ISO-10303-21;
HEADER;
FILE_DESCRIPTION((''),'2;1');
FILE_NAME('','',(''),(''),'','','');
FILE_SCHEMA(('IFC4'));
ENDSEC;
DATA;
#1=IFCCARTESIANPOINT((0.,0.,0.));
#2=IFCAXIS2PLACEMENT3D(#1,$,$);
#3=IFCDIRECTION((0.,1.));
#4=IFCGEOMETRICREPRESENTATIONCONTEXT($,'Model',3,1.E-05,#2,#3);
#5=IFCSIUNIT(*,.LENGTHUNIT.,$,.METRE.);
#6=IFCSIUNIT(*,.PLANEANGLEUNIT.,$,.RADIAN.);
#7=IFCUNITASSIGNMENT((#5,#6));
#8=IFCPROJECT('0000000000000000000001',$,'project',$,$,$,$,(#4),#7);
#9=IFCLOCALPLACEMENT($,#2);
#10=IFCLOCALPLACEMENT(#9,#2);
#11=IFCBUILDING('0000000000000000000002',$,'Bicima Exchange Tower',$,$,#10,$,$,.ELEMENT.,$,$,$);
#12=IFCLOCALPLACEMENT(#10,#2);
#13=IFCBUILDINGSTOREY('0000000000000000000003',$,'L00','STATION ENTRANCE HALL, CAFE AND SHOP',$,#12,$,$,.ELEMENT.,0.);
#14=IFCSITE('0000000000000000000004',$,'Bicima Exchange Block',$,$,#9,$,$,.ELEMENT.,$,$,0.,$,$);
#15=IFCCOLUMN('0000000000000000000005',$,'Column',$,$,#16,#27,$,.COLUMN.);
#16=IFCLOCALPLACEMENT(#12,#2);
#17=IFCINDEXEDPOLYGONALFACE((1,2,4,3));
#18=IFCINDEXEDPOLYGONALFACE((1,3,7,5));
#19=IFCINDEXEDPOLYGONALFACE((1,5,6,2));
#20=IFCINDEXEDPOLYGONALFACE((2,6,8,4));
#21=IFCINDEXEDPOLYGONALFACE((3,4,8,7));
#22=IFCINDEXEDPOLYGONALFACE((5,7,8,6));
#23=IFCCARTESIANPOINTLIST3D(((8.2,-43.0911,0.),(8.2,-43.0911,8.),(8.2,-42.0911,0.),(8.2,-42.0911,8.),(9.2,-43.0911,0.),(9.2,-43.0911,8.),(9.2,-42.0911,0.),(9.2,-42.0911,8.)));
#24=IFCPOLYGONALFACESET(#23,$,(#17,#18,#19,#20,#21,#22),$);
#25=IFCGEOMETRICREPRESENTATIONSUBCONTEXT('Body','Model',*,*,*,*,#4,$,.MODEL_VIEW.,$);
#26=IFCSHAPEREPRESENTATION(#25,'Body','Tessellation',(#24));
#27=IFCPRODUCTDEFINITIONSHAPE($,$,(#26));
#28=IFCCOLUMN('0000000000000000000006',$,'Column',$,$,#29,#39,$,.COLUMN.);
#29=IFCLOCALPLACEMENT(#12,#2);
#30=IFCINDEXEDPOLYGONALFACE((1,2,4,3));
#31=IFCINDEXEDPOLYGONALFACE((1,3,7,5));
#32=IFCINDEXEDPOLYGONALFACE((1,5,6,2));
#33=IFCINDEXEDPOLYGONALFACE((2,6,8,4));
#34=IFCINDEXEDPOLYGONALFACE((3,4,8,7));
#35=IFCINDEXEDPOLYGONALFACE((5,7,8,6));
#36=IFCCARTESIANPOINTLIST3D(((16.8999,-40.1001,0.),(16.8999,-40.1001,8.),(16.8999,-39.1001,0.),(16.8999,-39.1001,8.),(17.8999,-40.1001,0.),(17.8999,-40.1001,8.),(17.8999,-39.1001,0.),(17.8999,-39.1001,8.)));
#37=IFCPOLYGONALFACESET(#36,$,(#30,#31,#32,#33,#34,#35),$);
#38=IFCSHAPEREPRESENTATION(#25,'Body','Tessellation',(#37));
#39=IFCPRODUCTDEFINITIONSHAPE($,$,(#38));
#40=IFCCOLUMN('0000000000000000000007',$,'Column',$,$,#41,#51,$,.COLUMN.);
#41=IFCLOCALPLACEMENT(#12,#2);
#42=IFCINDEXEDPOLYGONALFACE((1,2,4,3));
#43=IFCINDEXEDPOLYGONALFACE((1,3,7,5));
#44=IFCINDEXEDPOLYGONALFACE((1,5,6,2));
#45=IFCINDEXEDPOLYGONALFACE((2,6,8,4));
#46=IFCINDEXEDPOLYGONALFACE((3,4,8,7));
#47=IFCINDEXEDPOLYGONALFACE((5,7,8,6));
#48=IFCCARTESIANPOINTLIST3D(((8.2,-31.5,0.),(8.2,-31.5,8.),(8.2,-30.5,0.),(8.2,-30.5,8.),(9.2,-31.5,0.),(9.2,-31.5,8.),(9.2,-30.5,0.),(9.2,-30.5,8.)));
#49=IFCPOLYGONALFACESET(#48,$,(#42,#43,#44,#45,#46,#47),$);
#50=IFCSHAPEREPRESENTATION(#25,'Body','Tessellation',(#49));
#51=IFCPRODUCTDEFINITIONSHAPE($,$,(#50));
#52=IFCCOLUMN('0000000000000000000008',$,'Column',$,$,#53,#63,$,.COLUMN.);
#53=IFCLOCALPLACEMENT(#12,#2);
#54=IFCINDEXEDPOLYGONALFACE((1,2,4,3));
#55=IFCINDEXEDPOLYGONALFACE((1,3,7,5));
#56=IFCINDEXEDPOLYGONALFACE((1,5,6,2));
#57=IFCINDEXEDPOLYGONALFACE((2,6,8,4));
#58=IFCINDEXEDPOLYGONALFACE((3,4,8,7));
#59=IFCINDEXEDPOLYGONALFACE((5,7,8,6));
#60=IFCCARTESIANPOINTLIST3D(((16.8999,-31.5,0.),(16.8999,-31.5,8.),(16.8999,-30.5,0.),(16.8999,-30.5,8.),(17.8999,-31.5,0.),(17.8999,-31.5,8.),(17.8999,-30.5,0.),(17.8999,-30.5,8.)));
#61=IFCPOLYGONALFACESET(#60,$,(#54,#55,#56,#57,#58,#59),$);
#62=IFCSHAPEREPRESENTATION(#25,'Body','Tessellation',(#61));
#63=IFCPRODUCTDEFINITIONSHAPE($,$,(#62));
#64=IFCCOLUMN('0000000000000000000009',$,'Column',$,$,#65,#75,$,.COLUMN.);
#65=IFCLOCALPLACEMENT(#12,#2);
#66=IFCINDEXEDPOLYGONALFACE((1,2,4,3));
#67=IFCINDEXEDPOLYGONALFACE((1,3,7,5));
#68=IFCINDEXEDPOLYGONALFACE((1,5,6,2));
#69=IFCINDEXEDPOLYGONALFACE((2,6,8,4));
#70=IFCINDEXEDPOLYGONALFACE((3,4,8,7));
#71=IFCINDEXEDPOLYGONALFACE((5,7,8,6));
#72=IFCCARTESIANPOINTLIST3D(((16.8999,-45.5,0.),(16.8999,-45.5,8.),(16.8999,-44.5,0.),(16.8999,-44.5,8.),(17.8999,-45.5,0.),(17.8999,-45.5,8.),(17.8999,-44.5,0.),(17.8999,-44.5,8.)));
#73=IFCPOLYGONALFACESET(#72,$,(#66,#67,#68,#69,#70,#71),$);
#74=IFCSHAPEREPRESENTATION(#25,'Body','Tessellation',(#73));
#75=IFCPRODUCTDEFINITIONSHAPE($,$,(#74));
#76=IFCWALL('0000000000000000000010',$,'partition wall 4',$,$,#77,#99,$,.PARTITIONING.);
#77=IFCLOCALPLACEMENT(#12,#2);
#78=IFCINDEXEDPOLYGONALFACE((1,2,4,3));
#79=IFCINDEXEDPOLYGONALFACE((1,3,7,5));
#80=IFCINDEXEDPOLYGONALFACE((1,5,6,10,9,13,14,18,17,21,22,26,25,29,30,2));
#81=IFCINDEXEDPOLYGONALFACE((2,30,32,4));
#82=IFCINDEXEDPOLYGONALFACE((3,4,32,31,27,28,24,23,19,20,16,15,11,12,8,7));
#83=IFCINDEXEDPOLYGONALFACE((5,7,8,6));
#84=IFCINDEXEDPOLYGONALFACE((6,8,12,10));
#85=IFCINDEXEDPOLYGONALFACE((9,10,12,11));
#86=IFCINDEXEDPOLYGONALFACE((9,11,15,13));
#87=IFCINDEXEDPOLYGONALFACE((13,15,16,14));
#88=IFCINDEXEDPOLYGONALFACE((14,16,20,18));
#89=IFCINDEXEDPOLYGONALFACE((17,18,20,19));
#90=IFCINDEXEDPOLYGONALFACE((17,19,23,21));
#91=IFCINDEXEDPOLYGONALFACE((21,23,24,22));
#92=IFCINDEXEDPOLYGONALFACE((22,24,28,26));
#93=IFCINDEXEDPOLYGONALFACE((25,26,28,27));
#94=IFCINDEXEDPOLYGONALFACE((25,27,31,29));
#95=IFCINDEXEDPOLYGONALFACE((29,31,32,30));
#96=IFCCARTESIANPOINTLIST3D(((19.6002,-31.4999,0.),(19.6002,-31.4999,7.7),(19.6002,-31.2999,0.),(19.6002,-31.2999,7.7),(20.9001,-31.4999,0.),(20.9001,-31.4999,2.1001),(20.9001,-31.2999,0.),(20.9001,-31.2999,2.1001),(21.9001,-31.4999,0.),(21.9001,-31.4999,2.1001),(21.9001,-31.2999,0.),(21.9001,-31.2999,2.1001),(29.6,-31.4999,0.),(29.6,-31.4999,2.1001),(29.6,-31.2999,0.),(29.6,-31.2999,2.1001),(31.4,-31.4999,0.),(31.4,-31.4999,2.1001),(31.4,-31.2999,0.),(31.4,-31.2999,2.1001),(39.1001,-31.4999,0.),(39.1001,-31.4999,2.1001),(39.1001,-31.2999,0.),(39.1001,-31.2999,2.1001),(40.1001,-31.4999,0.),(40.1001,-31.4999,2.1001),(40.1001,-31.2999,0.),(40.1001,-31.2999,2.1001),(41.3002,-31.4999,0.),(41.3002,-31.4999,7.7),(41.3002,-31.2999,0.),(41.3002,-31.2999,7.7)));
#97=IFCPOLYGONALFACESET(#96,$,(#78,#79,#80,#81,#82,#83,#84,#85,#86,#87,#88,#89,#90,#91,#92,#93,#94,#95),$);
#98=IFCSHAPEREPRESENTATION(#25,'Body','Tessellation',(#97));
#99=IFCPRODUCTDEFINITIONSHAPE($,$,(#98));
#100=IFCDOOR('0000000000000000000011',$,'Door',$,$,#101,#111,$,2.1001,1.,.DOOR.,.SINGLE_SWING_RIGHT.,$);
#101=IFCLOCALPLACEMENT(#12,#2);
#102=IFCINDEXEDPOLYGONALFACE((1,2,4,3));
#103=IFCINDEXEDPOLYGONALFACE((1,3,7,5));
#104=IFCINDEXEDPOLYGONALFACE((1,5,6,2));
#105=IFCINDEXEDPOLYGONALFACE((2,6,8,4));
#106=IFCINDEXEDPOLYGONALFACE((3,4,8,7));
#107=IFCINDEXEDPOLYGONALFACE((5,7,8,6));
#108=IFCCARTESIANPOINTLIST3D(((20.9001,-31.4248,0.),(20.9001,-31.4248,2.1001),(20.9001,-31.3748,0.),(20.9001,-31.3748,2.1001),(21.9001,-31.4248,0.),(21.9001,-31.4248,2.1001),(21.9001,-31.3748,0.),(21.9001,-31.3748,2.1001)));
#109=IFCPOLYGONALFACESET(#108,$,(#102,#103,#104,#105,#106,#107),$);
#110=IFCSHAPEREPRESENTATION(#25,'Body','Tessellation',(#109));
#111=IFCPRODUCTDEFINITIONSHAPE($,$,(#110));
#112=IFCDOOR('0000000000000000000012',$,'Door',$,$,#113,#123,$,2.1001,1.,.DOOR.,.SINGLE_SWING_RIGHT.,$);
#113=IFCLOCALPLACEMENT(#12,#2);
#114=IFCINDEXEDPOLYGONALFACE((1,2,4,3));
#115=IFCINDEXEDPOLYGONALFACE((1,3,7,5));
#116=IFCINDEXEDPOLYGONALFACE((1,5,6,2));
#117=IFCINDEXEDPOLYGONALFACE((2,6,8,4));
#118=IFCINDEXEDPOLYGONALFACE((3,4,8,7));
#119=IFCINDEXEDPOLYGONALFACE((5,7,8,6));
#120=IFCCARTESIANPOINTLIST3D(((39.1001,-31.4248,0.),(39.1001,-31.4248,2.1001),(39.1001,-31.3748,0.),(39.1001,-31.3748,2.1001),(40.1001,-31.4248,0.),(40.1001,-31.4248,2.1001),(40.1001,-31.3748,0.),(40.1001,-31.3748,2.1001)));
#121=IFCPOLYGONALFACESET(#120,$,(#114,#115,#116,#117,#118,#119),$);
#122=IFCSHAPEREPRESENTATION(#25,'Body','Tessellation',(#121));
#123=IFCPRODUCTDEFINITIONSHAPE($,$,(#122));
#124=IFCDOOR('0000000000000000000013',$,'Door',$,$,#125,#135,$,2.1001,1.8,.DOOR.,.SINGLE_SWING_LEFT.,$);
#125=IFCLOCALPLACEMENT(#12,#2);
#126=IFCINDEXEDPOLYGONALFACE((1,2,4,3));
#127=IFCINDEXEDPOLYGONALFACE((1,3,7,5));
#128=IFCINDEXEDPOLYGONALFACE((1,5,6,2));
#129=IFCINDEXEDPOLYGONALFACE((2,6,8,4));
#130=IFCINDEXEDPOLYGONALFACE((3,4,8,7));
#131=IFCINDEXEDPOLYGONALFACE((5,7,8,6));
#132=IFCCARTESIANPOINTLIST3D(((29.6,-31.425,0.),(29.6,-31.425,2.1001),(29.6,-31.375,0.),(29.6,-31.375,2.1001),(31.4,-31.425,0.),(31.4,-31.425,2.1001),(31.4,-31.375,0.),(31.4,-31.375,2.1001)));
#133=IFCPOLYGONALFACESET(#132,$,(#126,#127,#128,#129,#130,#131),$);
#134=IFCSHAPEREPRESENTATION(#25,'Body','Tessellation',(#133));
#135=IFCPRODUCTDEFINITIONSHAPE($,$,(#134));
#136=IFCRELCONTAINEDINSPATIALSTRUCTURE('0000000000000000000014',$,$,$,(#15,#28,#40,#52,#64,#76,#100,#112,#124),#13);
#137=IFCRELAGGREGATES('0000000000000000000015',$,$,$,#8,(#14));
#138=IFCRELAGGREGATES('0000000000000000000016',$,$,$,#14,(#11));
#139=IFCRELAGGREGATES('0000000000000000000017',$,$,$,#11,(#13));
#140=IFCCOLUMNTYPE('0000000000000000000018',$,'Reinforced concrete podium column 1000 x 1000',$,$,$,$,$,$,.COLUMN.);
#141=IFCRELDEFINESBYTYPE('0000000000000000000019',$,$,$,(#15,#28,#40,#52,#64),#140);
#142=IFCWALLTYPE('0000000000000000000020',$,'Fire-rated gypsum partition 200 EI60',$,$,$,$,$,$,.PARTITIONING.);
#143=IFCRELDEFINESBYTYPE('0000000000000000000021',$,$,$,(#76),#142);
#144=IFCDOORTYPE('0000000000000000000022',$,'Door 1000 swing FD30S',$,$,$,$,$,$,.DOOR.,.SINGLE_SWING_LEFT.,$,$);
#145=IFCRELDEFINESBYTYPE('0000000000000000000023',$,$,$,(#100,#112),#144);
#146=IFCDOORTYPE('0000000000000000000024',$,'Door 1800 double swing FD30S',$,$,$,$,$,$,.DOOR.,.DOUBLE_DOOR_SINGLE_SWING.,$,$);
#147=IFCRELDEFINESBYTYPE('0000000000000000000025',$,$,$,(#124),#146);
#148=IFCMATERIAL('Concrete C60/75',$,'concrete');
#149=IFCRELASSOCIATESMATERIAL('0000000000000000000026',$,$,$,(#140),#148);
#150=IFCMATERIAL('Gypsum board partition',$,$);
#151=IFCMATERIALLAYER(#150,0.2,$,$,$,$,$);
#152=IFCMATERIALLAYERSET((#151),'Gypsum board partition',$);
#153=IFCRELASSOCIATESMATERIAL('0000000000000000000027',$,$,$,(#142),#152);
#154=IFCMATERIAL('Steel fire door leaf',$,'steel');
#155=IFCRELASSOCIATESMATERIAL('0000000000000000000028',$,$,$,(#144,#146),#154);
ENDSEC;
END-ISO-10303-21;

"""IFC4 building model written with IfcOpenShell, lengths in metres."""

from ifc_helpers import new_model, si_unit, direction, frame, frame_2d, origin, origin_2d, place, context, subcontext, project, spatial, rectangle, extrude, material, layer, layer_set, material_profile, profile_set, type_object, element, fill, save


model = new_model("IFC4")

# Units and contexts
model_context = context("Model", 3, precision=1e-05, world=origin(), true_north=direction((0.0, 1.0)))
body_context = subcontext(model_context, "Body", "Model", "MODEL_VIEW")
ifc_project = project(units=[si_unit("LENGTHUNIT", "METRE"), si_unit("PLANEANGLEUNIT", "RADIAN")], contexts=[model_context])

# Site, building, storey
site_placement = place(None, origin())
site = spatial("IfcSite", under=ifc_project, at=site_placement, Name="Bicima Exchange Block", CompositionType="ELEMENT", RefElevation=0.0)
building_placement = place(site_placement, origin())
building = spatial("IfcBuilding", under=site, at=building_placement, Name="Bicima Exchange Tower", CompositionType="ELEMENT")
storey_placement = place(building_placement, origin())
storey = spatial("IfcBuildingStorey", under=building, at=storey_placement, Name="L00", Description="STATION ENTRANCE HALL, CAFE AND SHOP", CompositionType="ELEMENT", Elevation=0.0)

# Columns
ifc_material_1 = material(Name="Concrete C60/75", Category="concrete")
ifc_material_profile = material_profile(ifc_material_1, rectangle(XDim=1.0, YDim=1.0, at=origin_2d()))
ifc_profile_set = profile_set([ifc_material_profile], Name="Concrete C60/75")
column_type = type_object("IfcColumnType", Name="Reinforced concrete podium column 1000 x 1000", PredefinedType="COLUMN", material=ifc_profile_set)
for number, where, z_axis, x_axis, name in (
    (1, (8.7, -42.5911, 0.0), (0.0, 0.0, 1.0), (1.0, 0.0, 0.0), "Column"),
    (2, (17.3999, -39.6001, 0.0), (0.0, 0.0, 1.0), (1.0, 0.0, 0.0), "Column"),
    (3, (8.7, -31.0, 0.0), (0.0, 0.0, 1.0), (1.0, 0.0, 0.0), "Column"),
    (4, (17.3999, -31.0, 0.0), (0.0, 0.0, 1.0), (1.0, 0.0, 0.0), "Column"),
    (5, (17.3999, -45.0, 0.0), (0.0, 0.0, 1.0), (1.0, 0.0, 0.0), "Column"),
):
    element("IfcColumn", number, at=place(storey_placement, frame(where, z_axis=z_axis, x_axis=x_axis)), inside=storey, type_object=column_type, Name=name, PredefinedType="COLUMN", context=body_context, shape_type="SweptSolid", body=[
        extrude(rectangle(XDim=1.0, YDim=1.0, at=origin_2d()), origin(), (0.0, 0.0, 1.0), 8.0),
    ])

# Wall, openings, doors
ifc_material_2 = material(Name="Gypsum board partition")
ifc_layer_1 = layer(ifc_material_2, 0.2)
ifc_layer_set_1 = layer_set([ifc_layer_1], Name="Gypsum board partition")
wall_type_1 = type_object("IfcWallType", Name="Fire-rated gypsum partition 200 EI60", PredefinedType="PARTITIONING", material=ifc_layer_set_1)
wall_1_placement = place(storey_placement, frame((19.6001, -31.3999, 0.0), z_axis=(0.0, 0.0, 1.0), x_axis=(1.0, 0.0, 0.0)))
wall_1 = element("IfcWall", 6, at=wall_1_placement, inside=storey, type_object=wall_type_1, Name="partition wall 4", PredefinedType="PARTITIONING", context=body_context, shape_type="SweptSolid", body=[
    extrude(rectangle(XDim=21.7, YDim=0.2, at=frame_2d((10.8501, 0.0))), origin(), (0.0, 0.0, 1.0), 7.7),
])
opening_1_placement = place(wall_1_placement, frame((1.3, 0.0, 0.0)))
opening_1 = element("IfcOpeningElement", 7, at=opening_1_placement, cuts=wall_1, PredefinedType="OPENING", context=body_context, shape_type="SweptSolid", body=[
    extrude(rectangle(XDim=1.0, YDim=2.1001, at=frame_2d((0.5, 1.05))), frame((0.0, 0.1118, 0.0), z_axis=(0.0, -1.0, 0.0), x_axis=(1.0, 0.0, 0.0)), (0.0, 0.0, 1.0), 0.2239),
])
opening_2_placement = place(wall_1_placement, frame((10.0, 0.0, 0.0)))
opening_2 = element("IfcOpeningElement", 8, at=opening_2_placement, cuts=wall_1, PredefinedType="OPENING", context=body_context, shape_type="SweptSolid", body=[
    extrude(rectangle(XDim=1.8, YDim=2.1001, at=frame_2d((0.8999, 1.05))), frame((0.0, 0.1118, 0.0), z_axis=(0.0, -1.0, 0.0), x_axis=(1.0, 0.0, 0.0)), (0.0, 0.0, 1.0), 0.2239),
])
opening_3_placement = place(wall_1_placement, frame((19.5, 0.0, 0.0)))
opening_3 = element("IfcOpeningElement", 9, at=opening_3_placement, cuts=wall_1, PredefinedType="OPENING", context=body_context, shape_type="SweptSolid", body=[
    extrude(rectangle(XDim=1.0, YDim=2.1001, at=frame_2d((0.5, 1.05))), frame((0.0, 0.1118, 0.0), z_axis=(0.0, -1.0, 0.0), x_axis=(1.0, 0.0, 0.0)), (0.0, 0.0, 1.0), 0.2239),
])
ifc_material_3 = material(Name="Steel fire door leaf", Category="steel")
door_type_1 = type_object("IfcDoorType", Name="Door 1000 swing FD30S", OperationType="SINGLE_SWING_LEFT", PredefinedType="DOOR", material=ifc_material_3)
door_1_placement = place(opening_1_placement, frame((1.0, 0.0, 0.0), z_axis=(0.0, 0.0, 1.0), x_axis=(-1.0, 0.0, 0.0)))
door_1 = element("IfcDoor", 10, at=door_1_placement, inside=storey, type_object=door_type_1, Name="Door", OperationType="SINGLE_SWING_RIGHT", OverallHeight=2.1001, OverallWidth=1.0, PredefinedType="DOOR", context=body_context, shape_type="SweptSolid", body=[
    extrude(rectangle(XDim=1.0, YDim=2.1001, at=frame_2d((0.5, 1.05))), frame((0.0, 0.0249, 0.0), z_axis=(0.0, -1.0, 0.0), x_axis=(1.0, 0.0, 0.0)), (0.0, 0.0, 1.0), 0.05),
])
fill(opening_1, door_1)
door_2_placement = place(opening_3_placement, frame((1.0, 0.0, 0.0), z_axis=(0.0, 0.0, 1.0), x_axis=(-1.0, 0.0, 0.0)))
door_2 = element("IfcDoor", 11, at=door_2_placement, inside=storey, type_object=door_type_1, Name="Door", OperationType="SINGLE_SWING_RIGHT", OverallHeight=2.1001, OverallWidth=1.0, PredefinedType="DOOR", context=body_context, shape_type="SweptSolid", body=[
    extrude(rectangle(XDim=1.0, YDim=2.1001, at=frame_2d((0.5, 1.05))), frame((0.0, 0.0249, 0.0), z_axis=(0.0, -1.0, 0.0), x_axis=(1.0, 0.0, 0.0)), (0.0, 0.0, 1.0), 0.05),
])
fill(opening_3, door_2)
door_type_2 = type_object("IfcDoorType", Name="Door 1800 double swing FD30S", OperationType="DOUBLE_DOOR_SINGLE_SWING", PredefinedType="DOOR", material=ifc_material_3)
door_3_placement = place(opening_2_placement, origin())
door_3 = element("IfcDoor", 12, at=door_3_placement, inside=storey, type_object=door_type_2, Name="Door", OperationType="SINGLE_SWING_LEFT", OverallHeight=2.1001, OverallWidth=1.8, PredefinedType="DOOR", context=body_context, shape_type="SweptSolid", body=[
    extrude(rectangle(XDim=1.8, YDim=2.1001, at=frame_2d((0.8999, 1.05))), frame((0.0, 0.0249, 0.0), z_axis=(0.0, -1.0, 0.0), x_axis=(1.0, 0.0, 0.0)), (0.0, 0.0, 1.0), 0.05),
])
fill(opening_2, door_3)

save(model, "model.ifc")
